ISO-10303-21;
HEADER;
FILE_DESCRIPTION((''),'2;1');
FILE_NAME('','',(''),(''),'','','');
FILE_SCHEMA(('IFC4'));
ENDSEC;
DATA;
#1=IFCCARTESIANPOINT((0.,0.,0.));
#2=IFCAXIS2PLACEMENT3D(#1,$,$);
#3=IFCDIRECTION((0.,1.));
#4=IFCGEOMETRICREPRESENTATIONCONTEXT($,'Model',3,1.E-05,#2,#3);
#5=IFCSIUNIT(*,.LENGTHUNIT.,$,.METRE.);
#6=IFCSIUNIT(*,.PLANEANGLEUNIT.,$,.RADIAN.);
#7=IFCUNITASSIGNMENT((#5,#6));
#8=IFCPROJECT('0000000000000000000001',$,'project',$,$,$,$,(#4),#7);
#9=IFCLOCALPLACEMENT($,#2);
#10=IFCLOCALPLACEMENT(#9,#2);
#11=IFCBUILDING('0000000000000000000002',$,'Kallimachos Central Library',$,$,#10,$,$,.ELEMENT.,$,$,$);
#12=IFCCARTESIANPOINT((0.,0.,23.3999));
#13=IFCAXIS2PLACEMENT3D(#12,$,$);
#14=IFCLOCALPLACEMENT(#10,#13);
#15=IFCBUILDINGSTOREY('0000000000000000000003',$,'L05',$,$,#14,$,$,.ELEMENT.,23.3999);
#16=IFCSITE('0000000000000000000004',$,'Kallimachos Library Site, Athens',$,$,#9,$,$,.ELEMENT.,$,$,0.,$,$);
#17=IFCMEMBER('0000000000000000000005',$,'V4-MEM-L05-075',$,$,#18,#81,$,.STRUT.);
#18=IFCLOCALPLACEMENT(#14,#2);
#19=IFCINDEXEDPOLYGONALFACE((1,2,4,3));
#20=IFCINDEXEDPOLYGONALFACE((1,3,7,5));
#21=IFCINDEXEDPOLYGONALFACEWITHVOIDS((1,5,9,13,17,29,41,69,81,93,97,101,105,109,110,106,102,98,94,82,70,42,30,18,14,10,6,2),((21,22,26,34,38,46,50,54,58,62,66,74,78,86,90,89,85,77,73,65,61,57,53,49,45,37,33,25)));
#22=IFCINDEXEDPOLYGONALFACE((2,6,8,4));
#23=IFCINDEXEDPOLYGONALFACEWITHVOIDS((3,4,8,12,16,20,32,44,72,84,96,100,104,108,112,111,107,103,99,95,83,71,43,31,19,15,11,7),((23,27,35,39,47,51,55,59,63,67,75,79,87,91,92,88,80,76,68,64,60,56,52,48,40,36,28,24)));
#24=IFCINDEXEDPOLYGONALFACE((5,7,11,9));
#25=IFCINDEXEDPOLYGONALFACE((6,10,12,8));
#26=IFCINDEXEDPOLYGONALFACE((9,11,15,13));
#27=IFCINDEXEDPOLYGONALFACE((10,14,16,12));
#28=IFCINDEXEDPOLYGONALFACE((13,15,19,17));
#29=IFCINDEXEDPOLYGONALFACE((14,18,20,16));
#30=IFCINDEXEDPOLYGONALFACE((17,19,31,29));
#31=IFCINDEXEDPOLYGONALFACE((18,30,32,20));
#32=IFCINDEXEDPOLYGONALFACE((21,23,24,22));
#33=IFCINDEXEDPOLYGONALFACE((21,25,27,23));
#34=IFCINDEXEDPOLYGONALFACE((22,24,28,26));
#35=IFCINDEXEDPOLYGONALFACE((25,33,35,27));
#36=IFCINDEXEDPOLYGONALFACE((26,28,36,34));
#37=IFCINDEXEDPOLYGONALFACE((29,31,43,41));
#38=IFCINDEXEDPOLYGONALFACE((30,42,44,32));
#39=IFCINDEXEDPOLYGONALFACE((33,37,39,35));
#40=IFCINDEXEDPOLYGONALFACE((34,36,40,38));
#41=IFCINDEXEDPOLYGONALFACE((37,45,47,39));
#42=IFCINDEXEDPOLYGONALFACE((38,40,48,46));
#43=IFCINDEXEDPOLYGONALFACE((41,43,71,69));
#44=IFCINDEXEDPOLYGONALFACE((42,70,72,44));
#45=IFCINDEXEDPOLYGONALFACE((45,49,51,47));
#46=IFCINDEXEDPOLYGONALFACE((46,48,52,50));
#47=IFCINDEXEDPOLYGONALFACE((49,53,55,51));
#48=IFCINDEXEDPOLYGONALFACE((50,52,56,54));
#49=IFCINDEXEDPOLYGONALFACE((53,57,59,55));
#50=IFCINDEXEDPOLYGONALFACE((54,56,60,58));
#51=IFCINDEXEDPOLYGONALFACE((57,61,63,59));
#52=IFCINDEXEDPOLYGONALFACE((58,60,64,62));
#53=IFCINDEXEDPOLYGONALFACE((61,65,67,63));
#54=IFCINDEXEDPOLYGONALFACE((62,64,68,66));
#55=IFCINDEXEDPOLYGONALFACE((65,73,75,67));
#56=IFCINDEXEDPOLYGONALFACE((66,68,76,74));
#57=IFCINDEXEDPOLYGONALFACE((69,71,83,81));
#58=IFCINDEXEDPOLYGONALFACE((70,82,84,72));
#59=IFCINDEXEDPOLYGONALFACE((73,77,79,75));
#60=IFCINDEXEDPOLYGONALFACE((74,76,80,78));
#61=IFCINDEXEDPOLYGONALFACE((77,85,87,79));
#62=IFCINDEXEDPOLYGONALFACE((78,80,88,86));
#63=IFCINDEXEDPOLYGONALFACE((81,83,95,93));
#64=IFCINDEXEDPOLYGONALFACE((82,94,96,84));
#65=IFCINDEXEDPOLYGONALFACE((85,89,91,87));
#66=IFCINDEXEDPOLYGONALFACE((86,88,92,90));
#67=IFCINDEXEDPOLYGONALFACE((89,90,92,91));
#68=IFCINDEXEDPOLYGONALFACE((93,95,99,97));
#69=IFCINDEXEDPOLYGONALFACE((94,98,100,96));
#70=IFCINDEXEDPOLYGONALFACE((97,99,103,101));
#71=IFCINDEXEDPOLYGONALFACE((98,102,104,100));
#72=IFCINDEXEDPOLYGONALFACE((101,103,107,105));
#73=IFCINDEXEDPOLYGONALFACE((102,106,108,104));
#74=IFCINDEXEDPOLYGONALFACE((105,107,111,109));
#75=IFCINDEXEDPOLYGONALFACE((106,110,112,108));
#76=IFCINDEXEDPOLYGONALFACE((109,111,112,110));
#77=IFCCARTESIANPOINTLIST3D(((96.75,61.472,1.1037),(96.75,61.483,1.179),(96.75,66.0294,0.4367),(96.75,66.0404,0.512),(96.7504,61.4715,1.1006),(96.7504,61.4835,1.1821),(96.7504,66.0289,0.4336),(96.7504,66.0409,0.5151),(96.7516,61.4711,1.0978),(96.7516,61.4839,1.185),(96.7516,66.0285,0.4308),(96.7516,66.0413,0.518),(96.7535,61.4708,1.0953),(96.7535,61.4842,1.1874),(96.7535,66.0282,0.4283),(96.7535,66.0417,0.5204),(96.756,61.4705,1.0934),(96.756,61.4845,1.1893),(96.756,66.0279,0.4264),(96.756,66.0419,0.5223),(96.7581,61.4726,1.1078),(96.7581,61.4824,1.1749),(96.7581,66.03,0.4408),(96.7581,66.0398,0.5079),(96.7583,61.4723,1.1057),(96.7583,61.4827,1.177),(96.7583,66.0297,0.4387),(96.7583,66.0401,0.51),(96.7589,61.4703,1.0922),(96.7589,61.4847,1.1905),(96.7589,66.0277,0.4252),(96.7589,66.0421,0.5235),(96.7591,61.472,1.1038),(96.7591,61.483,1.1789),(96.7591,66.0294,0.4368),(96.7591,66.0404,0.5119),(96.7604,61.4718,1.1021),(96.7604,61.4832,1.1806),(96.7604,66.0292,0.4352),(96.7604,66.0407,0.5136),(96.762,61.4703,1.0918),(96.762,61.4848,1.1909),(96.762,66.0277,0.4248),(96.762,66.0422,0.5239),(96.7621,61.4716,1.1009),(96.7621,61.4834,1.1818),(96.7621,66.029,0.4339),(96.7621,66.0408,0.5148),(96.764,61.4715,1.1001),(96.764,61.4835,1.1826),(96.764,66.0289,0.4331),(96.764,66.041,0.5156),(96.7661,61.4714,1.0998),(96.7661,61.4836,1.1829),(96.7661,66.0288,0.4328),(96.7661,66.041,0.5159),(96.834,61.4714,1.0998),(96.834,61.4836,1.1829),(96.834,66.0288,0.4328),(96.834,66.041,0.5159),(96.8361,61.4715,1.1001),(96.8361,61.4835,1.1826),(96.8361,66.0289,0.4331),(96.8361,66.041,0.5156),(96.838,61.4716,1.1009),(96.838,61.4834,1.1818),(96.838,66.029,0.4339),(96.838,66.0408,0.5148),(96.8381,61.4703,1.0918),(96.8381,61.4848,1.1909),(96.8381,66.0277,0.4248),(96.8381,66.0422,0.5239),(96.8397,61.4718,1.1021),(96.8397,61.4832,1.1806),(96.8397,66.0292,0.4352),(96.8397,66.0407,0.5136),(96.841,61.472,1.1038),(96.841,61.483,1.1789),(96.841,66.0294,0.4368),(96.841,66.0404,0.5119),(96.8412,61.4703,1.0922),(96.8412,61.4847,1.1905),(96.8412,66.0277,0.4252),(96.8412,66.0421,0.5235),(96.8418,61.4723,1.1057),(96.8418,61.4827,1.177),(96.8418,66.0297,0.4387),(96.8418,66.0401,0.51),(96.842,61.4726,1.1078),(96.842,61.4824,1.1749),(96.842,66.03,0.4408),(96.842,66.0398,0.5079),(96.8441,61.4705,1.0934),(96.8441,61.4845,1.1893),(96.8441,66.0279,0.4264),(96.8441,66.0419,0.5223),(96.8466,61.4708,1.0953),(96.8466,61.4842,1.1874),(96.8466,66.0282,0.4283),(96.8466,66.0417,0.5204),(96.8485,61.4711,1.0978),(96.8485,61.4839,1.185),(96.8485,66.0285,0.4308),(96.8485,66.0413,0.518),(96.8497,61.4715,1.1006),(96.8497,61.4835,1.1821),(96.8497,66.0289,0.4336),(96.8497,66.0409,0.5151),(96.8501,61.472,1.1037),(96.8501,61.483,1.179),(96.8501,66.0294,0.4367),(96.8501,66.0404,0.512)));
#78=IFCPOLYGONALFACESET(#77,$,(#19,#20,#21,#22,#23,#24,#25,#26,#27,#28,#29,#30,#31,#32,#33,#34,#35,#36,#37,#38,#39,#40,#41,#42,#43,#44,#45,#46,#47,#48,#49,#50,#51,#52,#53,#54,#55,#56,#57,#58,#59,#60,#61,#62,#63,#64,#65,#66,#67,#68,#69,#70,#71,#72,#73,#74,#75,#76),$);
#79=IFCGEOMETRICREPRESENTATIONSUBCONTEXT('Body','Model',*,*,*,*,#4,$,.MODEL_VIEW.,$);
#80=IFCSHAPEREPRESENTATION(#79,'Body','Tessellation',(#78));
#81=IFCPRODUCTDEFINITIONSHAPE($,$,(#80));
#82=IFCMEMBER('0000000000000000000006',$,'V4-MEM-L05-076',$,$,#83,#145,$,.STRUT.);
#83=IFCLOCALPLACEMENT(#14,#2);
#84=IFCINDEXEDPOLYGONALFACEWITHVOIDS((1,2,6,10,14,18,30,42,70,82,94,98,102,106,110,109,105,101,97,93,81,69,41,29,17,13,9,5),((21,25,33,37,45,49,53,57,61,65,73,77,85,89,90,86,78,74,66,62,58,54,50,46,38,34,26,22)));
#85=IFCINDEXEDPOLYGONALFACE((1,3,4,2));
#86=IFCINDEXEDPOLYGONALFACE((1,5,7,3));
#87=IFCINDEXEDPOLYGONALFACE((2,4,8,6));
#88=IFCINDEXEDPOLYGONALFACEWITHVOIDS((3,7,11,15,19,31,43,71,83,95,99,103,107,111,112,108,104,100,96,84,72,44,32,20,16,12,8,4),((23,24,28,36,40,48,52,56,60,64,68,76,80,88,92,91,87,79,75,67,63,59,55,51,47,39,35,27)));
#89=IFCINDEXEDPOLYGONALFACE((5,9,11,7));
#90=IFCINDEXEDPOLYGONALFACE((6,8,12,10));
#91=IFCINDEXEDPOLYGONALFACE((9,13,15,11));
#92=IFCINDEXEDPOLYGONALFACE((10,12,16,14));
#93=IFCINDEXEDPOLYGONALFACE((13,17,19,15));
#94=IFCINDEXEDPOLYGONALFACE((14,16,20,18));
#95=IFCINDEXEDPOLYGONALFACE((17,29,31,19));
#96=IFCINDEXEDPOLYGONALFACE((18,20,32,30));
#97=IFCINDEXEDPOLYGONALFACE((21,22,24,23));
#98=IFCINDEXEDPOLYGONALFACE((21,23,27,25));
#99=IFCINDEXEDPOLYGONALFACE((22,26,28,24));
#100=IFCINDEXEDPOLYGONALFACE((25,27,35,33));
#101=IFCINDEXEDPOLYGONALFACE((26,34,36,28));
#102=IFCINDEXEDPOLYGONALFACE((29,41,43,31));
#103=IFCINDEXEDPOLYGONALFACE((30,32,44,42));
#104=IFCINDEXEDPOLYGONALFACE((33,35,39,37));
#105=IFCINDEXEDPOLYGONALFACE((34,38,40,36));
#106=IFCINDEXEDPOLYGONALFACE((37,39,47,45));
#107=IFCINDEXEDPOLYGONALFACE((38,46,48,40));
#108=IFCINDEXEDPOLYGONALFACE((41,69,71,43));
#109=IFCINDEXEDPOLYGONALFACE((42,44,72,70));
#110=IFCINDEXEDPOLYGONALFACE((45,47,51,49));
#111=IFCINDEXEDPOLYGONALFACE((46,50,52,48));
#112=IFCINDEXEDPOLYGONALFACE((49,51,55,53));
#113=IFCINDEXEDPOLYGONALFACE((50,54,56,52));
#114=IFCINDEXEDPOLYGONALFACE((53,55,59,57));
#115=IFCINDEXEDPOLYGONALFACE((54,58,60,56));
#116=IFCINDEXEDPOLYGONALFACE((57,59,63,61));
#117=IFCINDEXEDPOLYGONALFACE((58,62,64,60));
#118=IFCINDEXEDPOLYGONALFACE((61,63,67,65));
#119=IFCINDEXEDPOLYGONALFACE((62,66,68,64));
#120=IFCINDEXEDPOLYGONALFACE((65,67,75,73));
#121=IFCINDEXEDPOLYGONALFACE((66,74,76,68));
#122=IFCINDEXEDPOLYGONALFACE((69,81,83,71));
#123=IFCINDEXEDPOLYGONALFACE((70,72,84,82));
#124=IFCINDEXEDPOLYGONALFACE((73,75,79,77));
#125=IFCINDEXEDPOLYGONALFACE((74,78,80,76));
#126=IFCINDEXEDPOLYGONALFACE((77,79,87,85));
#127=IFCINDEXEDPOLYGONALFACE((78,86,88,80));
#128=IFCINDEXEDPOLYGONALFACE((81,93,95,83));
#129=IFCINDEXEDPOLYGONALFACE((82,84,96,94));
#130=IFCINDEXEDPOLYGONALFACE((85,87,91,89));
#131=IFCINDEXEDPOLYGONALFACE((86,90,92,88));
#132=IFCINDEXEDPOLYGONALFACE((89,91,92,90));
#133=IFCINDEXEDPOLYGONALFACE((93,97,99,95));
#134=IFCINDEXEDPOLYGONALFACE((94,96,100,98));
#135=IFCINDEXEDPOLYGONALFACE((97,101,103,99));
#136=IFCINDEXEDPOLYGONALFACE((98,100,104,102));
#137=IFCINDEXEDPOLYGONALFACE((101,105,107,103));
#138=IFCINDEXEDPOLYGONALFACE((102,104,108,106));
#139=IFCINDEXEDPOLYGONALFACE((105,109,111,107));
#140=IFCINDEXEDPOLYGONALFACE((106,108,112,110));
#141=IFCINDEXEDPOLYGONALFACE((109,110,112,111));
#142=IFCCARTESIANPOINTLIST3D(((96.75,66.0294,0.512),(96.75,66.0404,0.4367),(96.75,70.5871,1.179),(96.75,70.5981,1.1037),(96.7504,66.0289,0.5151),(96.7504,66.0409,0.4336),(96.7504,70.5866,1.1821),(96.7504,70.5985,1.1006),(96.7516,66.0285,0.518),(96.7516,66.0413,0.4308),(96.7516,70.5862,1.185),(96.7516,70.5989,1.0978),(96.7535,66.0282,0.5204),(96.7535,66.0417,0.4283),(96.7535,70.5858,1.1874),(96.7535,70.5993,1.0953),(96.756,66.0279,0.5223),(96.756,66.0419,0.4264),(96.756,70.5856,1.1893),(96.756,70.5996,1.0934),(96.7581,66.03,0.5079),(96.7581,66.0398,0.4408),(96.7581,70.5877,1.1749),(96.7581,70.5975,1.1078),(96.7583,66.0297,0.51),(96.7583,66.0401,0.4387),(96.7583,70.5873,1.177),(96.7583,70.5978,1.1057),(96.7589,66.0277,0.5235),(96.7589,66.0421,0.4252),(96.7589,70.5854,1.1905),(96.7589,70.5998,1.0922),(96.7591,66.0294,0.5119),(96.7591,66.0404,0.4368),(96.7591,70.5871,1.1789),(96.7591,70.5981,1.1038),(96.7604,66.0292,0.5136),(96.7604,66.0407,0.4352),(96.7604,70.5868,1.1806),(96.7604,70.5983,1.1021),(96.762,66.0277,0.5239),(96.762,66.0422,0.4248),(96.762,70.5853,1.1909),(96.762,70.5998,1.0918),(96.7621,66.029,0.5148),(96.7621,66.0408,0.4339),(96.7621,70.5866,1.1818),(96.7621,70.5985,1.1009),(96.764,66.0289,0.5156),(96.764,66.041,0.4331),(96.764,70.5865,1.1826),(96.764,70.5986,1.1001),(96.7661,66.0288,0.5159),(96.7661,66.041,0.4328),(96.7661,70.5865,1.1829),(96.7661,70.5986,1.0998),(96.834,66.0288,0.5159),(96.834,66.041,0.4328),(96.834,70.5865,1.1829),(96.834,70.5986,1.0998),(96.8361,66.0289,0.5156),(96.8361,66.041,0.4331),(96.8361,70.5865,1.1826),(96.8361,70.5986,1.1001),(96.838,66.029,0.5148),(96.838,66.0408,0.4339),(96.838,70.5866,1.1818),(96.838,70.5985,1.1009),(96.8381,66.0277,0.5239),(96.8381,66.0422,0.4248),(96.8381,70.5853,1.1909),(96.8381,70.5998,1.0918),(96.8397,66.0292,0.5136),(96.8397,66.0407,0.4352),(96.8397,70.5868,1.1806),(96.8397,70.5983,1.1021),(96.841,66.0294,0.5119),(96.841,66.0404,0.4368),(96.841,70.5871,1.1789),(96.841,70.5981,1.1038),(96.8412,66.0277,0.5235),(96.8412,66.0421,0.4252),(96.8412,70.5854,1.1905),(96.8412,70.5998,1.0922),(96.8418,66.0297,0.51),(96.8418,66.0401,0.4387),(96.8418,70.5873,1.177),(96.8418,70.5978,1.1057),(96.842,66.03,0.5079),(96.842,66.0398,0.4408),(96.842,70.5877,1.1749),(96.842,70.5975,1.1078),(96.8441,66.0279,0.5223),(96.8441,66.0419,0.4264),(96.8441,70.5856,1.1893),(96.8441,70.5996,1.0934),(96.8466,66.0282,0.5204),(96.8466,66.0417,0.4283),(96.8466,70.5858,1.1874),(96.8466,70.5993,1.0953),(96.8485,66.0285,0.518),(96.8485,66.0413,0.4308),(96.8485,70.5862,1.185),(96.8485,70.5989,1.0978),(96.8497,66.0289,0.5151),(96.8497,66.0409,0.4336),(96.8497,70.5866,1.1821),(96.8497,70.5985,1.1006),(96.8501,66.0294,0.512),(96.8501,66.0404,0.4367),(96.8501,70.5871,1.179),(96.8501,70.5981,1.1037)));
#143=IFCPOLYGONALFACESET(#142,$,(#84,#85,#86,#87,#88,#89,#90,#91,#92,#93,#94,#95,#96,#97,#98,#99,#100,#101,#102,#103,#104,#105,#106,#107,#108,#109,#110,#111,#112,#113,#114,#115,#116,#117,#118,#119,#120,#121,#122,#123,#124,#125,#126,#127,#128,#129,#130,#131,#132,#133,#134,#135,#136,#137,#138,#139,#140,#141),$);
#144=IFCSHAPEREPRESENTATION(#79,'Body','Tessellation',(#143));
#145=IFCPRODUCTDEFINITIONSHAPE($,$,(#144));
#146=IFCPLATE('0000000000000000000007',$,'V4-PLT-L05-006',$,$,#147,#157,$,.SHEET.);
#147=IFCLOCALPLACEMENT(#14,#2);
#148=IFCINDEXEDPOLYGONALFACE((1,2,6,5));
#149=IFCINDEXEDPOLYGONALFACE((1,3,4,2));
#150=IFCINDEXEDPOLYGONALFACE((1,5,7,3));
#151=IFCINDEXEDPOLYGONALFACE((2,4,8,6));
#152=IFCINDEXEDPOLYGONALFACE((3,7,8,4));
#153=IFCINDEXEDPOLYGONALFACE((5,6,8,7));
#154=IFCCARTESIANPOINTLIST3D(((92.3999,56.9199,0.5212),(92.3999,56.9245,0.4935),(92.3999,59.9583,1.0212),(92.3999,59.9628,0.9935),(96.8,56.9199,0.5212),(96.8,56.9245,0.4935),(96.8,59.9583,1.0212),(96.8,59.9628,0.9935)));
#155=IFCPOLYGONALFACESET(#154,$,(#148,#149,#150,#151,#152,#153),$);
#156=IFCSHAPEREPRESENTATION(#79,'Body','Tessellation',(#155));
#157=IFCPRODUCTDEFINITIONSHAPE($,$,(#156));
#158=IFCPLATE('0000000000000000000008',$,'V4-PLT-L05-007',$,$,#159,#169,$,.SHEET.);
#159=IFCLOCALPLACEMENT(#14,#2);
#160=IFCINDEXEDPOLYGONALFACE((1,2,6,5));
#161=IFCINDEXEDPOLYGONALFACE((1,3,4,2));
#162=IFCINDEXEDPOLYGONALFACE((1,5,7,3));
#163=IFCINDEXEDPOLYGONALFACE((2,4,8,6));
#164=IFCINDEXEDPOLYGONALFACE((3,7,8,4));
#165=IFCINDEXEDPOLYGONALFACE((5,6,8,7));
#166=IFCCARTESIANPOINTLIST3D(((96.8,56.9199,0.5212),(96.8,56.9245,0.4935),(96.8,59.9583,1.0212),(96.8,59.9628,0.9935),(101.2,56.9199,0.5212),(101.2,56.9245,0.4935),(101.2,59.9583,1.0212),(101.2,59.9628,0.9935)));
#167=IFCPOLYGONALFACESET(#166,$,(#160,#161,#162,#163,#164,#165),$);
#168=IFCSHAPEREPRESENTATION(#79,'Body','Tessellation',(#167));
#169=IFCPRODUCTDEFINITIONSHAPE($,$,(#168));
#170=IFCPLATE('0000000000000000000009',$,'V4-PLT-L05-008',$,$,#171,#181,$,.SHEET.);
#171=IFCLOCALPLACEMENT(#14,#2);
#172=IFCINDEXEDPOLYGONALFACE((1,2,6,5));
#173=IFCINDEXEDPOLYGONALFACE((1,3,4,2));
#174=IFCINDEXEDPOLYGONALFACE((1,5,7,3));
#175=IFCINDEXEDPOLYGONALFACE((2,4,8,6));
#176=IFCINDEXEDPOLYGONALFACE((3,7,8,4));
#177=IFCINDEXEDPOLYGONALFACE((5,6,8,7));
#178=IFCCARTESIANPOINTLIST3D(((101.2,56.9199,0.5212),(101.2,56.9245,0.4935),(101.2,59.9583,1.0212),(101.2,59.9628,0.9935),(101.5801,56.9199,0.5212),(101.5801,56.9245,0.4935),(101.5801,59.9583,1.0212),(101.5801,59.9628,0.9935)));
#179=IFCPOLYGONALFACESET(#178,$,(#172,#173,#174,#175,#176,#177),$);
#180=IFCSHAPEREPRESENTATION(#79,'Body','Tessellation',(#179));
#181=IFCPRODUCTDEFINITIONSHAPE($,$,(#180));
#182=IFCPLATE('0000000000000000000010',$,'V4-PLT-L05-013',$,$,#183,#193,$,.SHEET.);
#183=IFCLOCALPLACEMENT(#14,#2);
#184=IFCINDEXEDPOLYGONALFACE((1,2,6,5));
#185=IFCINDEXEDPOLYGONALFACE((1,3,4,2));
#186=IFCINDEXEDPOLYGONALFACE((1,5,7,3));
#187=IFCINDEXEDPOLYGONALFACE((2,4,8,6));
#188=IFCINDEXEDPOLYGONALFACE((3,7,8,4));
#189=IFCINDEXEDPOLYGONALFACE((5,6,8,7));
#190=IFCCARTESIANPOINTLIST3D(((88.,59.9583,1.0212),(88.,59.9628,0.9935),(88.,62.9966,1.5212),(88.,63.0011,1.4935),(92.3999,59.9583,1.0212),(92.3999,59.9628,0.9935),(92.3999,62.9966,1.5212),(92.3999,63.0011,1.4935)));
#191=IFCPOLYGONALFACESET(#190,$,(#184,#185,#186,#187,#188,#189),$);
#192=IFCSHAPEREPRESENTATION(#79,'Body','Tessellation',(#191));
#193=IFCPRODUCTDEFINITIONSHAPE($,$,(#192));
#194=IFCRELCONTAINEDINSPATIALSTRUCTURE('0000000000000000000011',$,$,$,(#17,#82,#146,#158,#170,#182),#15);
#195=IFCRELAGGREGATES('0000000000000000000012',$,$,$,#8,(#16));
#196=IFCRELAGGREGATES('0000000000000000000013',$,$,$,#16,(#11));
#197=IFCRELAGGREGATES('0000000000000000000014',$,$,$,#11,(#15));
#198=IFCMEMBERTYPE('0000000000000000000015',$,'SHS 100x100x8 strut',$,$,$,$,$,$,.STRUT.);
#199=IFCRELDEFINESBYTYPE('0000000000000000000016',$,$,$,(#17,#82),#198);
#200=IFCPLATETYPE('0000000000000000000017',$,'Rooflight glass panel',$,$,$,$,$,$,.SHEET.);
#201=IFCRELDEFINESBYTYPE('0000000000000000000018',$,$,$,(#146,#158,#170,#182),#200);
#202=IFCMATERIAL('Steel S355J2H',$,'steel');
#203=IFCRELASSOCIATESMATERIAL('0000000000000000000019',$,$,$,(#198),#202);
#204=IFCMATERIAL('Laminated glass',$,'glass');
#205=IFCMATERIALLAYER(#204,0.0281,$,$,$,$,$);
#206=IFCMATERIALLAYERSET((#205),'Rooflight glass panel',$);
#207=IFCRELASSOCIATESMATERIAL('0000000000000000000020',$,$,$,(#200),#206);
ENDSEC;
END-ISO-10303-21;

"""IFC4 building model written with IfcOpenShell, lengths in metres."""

from ifc_helpers import new_model, si_unit, direction, frame, origin, origin_2d, place, context, subcontext, project, spatial, polyline, hollow_rectangle, outline, extrude, material, layer, layer_set, material_profile, profile_set, type_object, element, save


model = new_model("IFC4")

# Units and contexts
model_context = context("Model", 3, precision=1e-05, world=origin(), true_north=direction((0.0, 1.0)))
body_context = subcontext(model_context, "Body", "Model", "MODEL_VIEW")
ifc_project = project(units=[si_unit("LENGTHUNIT", "METRE"), si_unit("PLANEANGLEUNIT", "RADIAN")], contexts=[model_context])

# Site, building, storey
site_placement = place(None, origin())
site = spatial("IfcSite", under=ifc_project, at=site_placement, Name="Kallimachos Library Site, Athens", CompositionType="ELEMENT", RefElevation=0.0)
building_placement = place(site_placement, origin())
building = spatial("IfcBuilding", under=site, at=building_placement, Name="Kallimachos Central Library", CompositionType="ELEMENT")
storey_placement = place(building_placement, frame((0.0, 0.0, 23.3999)))
storey = spatial("IfcBuildingStorey", under=building, at=storey_placement, Name="L05", CompositionType="ELEMENT", Elevation=23.3999)

# Members
ifc_material_1 = material(Name="Steel S355J2H", Category="steel")
ifc_material_profile_1 = material_profile(ifc_material_1, hollow_rectangle(XDim=0.1001, YDim=0.1001, WallThickness=0.0081, InnerFilletRadius=0.0081, OuterFilletRadius=0.012, at=origin_2d()), Name="SHS 100x100x8")
ifc_profile_set_1 = profile_set([ifc_material_profile_1], Name="Steel S355J2H")
member_type_1 = type_object("IfcMemberType", Name="SHS 100x100x8 strut", PredefinedType="STRUT", material=ifc_profile_set_1)
member_1_placement = place(storey_placement, frame((96.8, 66.0349, 0.4744), z_axis=(0.0, -0.989459, 0.144812), x_axis=(1.0, 0.0, 0.0)))
element("IfcMember", 1, at=member_1_placement, inside=storey, type_object=member_type_1, Name="V4-MEM-L05-075", PredefinedType="STRUT", context=body_context, shape_type="SweptSolid", body=[
    extrude(hollow_rectangle(XDim=0.1001, YDim=0.1001, WallThickness=0.0081, InnerFilletRadius=0.0081, OuterFilletRadius=0.012, at=origin_2d()), origin(), (0.0, 0.0, 1.0), 4.606),
])
member_2_placement = place(storey_placement, frame((96.8, 66.0349, 0.4744), z_axis=(0.0, 0.98946, 0.144804), x_axis=(-1.0, 0.0, 0.0)))
element("IfcMember", 2, at=member_2_placement, inside=storey, type_object=member_type_1, Name="V4-MEM-L05-076", PredefinedType="STRUT", context=body_context, shape_type="SweptSolid", body=[
    extrude(hollow_rectangle(XDim=0.1001, YDim=0.1001, WallThickness=0.0081, InnerFilletRadius=0.0081, OuterFilletRadius=0.012, at=origin_2d()), origin(), (0.0, 0.0, 1.0), 4.6062),
])

# Plates
ifc_material_2 = material(Name="Laminated glass", Category="glass")
ifc_layer_1 = layer(ifc_material_2, 0.0281)
ifc_layer_set_1 = layer_set([ifc_layer_1], Name="Rooflight glass panel")
plate_type = type_object("IfcPlateType", Name="Rooflight glass panel", PredefinedType="SHEET", material=ifc_layer_set_1)
plate_1_placement = place(storey_placement, frame((92.3999, 56.9199, 0.5212), z_axis=(0.0, -0.16238, 0.986728), x_axis=(1.0, 0.0, 0.0)))
element("IfcPlate", 3, at=plate_1_placement, inside=storey, type_object=plate_type, Name="V4-PLT-L05-006", PredefinedType="SHEET", context=body_context, shape_type="SweptSolid", body=[
    extrude(outline(polyline([(0.0, 0.0), (4.4001, 0.0), (4.4001, 3.0792), (0.0, 3.0792), (0.0, 0.0)])), origin(), (0.0, 0.0, -1.0), 0.0281),
])
plate_2_placement = place(storey_placement, frame((96.8, 56.9199, 0.5212), z_axis=(0.0, -0.16238, 0.986728), x_axis=(1.0, 0.0, 0.0)))
element("IfcPlate", 4, at=plate_2_placement, inside=storey, type_object=plate_type, Name="V4-PLT-L05-007", PredefinedType="SHEET", context=body_context, shape_type="SweptSolid", body=[
    extrude(outline(polyline([(0.0, 0.0), (4.3999, 0.0), (4.3999, 3.0792), (0.0, 3.0792), (0.0, 0.0)])), origin(), (0.0, 0.0, -1.0), 0.0281),
])
plate_3_placement = place(storey_placement, frame((101.2, 56.9199, 0.5212), z_axis=(0.0, -0.16238, 0.986728), x_axis=(1.0, 0.0, 0.0)))
element("IfcPlate", 5, at=plate_3_placement, inside=storey, type_object=plate_type, Name="V4-PLT-L05-008", PredefinedType="SHEET", context=body_context, shape_type="SweptSolid", body=[
    extrude(outline(polyline([(0.0, 0.0), (0.3801, 0.0), (0.3801, 3.0792), (0.0, 3.0792), (0.0, 0.0)])), origin(), (0.0, 0.0, -1.0), 0.0281),
])
plate_4_placement = place(storey_placement, frame((88.0, 59.9583, 1.0212), z_axis=(0.0, -0.16238, 0.986728), x_axis=(1.0, 0.0, 0.0)))
element("IfcPlate", 6, at=plate_4_placement, inside=storey, type_object=plate_type, Name="V4-PLT-L05-013", PredefinedType="SHEET", context=body_context, shape_type="SweptSolid", body=[
    extrude(outline(polyline([(0.0, 0.0), (4.3999, 0.0), (4.3999, 3.0792), (0.0, 3.0792), (0.0, 0.0)])), origin(), (0.0, 0.0, -1.0), 0.0281),
])

save(model, "model.ifc")
